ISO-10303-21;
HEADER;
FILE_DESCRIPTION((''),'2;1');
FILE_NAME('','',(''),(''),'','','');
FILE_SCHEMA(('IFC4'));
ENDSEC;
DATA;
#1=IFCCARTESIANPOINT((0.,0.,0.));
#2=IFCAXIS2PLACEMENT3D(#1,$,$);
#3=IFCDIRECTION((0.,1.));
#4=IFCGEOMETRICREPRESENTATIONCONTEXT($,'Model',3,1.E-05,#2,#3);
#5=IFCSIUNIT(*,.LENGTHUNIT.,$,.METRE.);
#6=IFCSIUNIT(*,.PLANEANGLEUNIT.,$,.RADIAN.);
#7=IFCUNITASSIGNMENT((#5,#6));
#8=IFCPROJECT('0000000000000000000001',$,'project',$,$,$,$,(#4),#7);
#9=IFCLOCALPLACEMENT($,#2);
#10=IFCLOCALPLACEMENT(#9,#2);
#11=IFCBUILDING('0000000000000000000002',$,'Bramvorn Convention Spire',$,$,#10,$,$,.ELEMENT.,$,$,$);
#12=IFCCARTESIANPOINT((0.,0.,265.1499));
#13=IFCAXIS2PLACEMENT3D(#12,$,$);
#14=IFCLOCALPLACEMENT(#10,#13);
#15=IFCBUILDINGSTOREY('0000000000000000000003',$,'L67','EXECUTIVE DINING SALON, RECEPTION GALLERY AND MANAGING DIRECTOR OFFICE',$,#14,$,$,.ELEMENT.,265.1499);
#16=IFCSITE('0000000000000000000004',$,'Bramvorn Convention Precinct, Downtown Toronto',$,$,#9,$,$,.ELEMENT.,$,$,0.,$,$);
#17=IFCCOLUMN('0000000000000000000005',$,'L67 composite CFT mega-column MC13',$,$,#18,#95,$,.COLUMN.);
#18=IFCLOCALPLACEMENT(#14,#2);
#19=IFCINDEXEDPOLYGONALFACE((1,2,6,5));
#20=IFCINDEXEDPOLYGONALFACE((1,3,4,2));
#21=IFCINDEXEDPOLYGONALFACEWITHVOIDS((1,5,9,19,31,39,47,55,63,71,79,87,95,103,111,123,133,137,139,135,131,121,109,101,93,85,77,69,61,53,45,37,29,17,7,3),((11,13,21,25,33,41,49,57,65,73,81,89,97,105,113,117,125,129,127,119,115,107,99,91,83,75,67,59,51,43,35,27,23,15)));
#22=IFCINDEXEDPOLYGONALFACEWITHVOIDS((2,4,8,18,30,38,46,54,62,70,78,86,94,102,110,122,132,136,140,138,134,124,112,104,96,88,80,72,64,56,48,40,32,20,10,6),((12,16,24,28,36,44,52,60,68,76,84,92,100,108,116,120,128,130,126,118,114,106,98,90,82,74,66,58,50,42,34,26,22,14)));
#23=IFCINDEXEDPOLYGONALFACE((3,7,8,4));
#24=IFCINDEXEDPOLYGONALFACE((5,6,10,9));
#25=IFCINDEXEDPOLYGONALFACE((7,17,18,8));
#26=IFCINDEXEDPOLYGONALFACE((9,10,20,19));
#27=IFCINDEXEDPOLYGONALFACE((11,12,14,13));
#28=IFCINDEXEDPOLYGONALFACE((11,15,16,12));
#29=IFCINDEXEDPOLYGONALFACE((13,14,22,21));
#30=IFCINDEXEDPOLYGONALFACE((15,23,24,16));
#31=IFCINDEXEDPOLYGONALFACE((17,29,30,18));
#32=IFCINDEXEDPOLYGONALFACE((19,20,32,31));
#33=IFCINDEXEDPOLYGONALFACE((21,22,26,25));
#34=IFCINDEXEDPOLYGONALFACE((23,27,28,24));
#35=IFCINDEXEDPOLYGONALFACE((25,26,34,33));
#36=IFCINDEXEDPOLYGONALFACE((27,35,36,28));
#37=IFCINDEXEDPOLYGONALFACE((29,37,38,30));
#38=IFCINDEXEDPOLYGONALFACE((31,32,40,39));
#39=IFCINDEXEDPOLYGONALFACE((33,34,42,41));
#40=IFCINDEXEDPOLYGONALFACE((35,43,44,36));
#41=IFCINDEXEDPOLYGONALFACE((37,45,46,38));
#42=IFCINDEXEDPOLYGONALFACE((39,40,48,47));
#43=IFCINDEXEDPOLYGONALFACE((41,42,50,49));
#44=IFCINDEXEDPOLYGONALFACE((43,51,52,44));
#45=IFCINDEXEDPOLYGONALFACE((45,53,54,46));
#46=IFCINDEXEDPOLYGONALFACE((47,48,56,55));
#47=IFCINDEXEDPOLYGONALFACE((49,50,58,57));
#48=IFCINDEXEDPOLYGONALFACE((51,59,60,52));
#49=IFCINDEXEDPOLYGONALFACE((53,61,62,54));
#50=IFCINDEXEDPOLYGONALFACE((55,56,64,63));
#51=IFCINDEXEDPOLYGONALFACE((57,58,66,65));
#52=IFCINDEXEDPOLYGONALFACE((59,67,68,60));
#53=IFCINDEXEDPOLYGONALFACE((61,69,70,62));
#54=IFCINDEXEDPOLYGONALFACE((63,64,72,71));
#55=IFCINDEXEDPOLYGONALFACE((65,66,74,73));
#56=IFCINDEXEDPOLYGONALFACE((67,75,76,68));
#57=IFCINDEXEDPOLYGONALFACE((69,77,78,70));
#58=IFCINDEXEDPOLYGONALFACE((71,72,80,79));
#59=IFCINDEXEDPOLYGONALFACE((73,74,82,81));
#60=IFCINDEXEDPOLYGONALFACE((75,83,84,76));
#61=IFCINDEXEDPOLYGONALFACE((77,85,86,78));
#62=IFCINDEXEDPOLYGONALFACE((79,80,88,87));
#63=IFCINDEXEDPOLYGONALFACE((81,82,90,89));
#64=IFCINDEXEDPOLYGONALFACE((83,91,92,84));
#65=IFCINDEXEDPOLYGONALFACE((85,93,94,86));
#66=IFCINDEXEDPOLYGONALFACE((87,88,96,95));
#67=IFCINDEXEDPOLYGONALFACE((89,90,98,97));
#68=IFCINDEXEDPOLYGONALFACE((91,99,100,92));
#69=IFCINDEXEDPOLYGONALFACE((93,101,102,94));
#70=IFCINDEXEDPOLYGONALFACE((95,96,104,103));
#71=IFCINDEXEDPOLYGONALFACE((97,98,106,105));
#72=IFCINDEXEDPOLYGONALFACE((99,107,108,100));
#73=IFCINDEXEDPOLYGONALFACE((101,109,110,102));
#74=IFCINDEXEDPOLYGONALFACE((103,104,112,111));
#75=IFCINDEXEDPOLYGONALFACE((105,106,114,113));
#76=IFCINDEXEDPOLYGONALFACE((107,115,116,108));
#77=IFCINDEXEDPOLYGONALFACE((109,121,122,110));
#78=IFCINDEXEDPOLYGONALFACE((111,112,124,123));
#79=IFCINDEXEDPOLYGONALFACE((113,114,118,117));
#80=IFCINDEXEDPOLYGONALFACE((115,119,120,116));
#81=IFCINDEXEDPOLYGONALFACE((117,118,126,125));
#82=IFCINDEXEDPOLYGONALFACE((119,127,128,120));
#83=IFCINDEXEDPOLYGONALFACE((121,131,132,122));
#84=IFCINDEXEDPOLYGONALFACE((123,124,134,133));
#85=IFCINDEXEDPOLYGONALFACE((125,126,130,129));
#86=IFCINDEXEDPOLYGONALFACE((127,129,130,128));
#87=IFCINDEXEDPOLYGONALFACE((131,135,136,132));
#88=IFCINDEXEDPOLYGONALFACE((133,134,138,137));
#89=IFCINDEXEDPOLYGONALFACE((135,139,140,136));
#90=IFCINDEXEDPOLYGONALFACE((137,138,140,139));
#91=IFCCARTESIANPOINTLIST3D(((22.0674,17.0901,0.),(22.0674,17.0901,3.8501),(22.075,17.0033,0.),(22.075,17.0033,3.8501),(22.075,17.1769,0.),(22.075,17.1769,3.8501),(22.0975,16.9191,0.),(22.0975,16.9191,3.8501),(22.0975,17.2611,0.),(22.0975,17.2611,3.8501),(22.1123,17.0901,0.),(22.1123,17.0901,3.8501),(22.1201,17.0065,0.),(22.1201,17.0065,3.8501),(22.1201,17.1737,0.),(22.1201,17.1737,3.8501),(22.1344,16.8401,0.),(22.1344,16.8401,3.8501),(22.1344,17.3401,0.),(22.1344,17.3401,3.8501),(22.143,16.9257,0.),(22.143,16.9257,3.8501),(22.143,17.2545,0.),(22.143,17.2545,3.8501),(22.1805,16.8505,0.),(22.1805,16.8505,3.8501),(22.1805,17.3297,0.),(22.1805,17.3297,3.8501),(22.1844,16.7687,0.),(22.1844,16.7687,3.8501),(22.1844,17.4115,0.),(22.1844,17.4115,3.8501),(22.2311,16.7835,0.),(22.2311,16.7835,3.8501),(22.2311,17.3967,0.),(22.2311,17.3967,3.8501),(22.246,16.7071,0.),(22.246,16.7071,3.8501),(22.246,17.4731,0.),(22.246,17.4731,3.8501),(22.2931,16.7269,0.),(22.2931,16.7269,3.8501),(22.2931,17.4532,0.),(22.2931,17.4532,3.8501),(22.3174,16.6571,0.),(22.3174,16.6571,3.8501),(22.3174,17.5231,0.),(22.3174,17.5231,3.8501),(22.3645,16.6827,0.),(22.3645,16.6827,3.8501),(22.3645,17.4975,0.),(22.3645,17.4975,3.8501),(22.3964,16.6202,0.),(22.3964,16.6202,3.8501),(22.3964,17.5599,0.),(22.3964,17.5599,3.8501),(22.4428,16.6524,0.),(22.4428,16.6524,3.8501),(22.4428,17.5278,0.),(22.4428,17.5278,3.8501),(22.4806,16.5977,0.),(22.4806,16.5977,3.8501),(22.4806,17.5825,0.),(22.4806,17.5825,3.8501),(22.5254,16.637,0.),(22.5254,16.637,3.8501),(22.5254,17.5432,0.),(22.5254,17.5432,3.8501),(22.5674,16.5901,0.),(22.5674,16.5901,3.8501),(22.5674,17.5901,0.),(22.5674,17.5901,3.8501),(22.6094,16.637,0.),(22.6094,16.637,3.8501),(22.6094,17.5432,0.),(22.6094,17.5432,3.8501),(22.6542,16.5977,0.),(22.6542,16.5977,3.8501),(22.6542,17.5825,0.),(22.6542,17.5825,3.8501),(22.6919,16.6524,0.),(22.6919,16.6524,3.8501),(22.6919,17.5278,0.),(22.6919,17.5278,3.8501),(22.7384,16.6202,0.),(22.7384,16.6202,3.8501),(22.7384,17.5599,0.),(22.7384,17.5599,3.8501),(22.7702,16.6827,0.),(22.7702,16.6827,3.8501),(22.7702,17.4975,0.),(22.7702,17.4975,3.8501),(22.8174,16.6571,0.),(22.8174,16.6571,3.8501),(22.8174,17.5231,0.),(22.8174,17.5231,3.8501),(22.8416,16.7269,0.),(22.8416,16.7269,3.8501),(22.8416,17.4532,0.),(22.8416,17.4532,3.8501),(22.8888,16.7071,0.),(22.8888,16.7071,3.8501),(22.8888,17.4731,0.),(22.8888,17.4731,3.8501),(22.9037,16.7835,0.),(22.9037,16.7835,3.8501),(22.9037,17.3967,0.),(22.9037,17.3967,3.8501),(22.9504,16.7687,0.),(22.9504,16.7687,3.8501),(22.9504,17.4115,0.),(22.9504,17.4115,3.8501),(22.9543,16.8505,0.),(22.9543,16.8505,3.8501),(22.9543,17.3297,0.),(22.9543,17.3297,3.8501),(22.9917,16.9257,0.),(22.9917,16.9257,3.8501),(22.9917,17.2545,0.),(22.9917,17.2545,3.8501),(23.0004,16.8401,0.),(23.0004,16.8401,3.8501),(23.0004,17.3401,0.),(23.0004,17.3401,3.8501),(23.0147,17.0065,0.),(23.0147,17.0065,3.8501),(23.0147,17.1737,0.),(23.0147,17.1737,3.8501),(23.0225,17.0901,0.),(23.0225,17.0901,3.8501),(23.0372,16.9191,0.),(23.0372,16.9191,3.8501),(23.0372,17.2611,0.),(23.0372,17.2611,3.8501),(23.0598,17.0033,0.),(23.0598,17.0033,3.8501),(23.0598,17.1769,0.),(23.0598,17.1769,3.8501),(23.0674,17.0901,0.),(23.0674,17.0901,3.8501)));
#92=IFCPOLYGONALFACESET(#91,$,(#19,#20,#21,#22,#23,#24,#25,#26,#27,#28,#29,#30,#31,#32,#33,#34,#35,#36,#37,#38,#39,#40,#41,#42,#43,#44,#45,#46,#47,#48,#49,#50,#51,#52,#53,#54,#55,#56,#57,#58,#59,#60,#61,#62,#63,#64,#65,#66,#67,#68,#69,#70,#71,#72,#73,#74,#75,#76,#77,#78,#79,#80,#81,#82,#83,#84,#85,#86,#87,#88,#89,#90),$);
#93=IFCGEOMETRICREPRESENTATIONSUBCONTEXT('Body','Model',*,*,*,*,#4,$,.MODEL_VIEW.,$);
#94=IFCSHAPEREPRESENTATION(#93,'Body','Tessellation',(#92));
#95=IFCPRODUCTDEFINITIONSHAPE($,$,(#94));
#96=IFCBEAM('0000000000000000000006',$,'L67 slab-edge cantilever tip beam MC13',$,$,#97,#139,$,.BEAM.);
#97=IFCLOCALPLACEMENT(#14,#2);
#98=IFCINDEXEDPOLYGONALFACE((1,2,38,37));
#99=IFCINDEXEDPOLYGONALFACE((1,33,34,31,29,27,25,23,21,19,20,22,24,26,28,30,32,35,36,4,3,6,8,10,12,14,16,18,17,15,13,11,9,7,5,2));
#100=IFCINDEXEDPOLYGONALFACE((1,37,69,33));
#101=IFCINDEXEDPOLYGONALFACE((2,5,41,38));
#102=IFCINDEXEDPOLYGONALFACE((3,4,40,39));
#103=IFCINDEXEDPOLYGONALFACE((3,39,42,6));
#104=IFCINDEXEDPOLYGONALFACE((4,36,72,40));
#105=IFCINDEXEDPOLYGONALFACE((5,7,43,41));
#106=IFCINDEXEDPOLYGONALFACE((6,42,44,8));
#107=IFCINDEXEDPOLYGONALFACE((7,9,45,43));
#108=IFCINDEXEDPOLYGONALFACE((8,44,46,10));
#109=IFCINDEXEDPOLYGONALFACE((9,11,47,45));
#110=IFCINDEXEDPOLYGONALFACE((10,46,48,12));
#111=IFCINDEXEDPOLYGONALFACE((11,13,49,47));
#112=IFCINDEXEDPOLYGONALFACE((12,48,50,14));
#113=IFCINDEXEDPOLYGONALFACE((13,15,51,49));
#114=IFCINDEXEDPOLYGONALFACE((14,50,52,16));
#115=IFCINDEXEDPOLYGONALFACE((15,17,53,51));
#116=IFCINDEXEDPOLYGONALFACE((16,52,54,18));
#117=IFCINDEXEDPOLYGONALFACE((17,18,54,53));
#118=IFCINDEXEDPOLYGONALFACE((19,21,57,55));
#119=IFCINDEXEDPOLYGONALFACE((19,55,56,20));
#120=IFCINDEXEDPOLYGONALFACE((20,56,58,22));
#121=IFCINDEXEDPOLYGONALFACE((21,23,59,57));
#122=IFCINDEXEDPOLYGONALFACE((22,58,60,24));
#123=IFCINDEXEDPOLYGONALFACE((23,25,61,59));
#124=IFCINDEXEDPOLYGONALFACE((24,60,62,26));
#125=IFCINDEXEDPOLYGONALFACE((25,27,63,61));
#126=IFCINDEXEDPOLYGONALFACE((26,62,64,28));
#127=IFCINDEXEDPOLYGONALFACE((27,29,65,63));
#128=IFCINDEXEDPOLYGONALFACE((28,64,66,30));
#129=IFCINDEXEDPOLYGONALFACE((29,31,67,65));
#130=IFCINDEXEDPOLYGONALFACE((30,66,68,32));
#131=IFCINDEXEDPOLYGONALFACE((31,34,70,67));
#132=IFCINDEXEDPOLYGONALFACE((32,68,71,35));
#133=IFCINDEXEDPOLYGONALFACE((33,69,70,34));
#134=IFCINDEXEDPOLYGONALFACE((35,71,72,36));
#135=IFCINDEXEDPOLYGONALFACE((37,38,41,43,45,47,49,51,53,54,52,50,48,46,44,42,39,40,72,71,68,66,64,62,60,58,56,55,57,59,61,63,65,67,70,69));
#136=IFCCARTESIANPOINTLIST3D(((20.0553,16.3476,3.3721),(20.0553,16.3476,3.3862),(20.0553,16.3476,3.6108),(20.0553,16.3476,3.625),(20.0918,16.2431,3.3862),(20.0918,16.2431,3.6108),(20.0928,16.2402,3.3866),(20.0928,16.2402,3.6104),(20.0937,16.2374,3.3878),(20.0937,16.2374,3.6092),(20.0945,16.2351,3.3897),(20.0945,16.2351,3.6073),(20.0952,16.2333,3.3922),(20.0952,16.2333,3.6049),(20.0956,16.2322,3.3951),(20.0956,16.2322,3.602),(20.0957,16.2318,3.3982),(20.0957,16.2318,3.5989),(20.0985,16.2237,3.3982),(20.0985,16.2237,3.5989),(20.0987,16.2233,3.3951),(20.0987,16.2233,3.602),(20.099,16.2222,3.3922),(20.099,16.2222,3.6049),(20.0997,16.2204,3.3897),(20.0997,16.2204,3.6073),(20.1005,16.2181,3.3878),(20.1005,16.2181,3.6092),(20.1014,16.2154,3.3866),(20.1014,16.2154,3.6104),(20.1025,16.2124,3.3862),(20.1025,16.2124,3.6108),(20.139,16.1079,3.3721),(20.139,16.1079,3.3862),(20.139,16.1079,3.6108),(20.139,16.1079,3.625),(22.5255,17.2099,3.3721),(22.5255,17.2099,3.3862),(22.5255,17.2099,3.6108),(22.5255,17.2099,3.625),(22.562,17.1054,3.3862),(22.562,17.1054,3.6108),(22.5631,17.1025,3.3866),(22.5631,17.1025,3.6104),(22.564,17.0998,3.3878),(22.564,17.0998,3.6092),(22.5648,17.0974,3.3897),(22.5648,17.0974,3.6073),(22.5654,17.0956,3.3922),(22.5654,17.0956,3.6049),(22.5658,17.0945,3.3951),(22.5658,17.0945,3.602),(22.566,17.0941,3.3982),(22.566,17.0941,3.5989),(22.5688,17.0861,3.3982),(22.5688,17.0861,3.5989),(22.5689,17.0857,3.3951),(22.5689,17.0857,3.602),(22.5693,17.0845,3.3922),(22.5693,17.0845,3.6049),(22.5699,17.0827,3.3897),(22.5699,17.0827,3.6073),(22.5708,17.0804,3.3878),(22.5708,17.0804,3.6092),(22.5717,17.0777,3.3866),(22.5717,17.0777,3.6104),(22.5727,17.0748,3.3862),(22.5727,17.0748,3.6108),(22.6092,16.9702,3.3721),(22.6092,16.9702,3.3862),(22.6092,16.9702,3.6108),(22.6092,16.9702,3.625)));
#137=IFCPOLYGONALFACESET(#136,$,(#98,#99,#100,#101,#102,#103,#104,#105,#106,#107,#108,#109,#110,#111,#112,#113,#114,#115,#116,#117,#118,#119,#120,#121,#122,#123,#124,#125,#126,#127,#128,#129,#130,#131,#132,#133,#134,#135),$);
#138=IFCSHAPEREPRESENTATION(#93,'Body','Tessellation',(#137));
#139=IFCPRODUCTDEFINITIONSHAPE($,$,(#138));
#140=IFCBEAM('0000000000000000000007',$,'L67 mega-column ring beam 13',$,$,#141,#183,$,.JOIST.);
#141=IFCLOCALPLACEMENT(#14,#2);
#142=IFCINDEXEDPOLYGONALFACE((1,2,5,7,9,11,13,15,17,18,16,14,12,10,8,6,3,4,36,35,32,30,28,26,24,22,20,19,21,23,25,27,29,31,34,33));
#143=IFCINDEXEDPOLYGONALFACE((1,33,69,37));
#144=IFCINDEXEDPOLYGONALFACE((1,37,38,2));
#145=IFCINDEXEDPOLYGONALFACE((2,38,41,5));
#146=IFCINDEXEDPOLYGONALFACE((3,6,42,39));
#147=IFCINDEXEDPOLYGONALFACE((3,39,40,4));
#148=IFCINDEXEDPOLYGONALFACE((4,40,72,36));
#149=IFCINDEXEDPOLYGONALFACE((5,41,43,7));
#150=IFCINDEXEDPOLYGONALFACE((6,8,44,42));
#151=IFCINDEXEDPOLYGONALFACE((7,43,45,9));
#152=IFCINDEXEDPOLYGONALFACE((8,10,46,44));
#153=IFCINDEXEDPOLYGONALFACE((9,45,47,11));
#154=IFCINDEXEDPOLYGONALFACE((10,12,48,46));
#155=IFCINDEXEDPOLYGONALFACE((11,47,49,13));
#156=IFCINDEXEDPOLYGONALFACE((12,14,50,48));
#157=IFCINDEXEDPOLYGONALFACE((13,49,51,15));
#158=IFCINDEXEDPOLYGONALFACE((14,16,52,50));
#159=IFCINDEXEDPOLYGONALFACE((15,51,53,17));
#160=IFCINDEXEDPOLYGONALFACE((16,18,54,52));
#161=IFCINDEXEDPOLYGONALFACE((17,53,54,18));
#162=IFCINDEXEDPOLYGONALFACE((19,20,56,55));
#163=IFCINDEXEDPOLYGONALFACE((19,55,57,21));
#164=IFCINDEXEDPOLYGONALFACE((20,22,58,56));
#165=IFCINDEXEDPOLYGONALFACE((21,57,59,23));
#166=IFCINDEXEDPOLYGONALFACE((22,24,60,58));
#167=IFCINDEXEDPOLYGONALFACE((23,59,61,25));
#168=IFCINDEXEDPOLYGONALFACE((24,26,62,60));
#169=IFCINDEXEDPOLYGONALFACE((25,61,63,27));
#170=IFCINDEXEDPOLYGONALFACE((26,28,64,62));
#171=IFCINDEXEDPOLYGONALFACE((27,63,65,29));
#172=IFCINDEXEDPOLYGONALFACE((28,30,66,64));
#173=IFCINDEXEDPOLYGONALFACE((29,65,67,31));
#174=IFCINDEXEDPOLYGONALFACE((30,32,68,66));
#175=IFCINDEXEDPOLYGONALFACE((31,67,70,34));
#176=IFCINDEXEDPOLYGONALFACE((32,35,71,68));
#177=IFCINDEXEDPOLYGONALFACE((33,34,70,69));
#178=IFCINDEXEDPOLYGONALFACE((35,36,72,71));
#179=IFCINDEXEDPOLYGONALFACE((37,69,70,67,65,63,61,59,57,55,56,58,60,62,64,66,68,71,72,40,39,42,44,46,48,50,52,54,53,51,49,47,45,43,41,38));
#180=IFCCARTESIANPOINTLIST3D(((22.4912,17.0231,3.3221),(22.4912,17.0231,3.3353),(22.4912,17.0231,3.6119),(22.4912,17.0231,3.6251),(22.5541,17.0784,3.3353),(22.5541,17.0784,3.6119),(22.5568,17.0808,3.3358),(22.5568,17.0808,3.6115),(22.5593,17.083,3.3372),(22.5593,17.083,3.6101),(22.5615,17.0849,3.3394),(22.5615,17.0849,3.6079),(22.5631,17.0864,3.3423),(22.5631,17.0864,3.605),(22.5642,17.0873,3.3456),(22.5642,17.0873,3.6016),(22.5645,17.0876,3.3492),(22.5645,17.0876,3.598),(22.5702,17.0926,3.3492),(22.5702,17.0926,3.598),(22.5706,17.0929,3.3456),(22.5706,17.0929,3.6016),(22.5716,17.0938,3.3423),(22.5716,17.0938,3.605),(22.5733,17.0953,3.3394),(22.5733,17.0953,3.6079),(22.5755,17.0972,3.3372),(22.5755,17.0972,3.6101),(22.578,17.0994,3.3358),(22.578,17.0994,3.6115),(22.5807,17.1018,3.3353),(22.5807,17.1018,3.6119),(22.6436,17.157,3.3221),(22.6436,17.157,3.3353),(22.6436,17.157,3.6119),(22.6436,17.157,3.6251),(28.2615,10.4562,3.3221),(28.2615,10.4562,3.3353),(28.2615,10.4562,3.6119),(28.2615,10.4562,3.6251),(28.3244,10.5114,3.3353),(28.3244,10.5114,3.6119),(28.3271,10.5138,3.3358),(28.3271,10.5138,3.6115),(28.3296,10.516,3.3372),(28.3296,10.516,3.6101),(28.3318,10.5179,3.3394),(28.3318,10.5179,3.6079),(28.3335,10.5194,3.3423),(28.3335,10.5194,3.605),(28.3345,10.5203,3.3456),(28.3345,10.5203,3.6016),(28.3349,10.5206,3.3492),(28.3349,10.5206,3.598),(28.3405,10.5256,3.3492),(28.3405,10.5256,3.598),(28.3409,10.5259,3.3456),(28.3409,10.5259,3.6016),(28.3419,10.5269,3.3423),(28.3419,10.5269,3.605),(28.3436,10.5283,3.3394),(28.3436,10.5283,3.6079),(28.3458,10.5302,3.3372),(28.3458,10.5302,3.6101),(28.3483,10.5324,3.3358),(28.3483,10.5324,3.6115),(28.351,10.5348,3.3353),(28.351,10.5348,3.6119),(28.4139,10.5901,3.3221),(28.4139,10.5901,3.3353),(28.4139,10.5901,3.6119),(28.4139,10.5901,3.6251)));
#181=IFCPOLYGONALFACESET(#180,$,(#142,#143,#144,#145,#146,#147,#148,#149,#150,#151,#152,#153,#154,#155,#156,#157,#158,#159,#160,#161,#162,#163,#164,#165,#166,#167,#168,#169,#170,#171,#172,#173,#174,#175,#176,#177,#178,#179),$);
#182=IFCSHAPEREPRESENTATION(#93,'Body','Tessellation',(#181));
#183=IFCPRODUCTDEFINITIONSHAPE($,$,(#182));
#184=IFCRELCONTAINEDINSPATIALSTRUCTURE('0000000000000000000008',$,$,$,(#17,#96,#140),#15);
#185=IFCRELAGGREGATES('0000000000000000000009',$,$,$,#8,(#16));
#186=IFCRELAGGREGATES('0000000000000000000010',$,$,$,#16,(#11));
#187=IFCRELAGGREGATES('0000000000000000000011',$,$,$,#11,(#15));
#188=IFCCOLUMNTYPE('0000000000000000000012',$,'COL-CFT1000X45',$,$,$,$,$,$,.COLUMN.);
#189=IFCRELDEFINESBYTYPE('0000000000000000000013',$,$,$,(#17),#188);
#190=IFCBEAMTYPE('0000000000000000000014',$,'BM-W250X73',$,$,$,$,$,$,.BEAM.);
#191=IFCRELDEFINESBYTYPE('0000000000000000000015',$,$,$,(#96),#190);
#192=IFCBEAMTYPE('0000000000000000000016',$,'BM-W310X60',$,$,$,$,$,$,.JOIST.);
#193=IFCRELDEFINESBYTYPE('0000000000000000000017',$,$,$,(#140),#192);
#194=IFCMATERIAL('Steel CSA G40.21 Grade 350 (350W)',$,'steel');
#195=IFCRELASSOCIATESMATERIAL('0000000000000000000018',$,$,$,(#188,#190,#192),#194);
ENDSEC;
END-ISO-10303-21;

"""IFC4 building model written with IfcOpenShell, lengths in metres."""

from ifc_helpers import new_model, si_unit, direction, frame, origin, origin_2d, place, context, subcontext, project, spatial, hollow_circle, i_section, extrude, material, material_profile, profile_set, type_object, element, save


model = new_model("IFC4")

# Units and contexts
model_context = context("Model", 3, precision=1e-05, world=origin(), true_north=direction((0.0, 1.0)))
body_context = subcontext(model_context, "Body", "Model", "MODEL_VIEW")
ifc_project = project(units=[si_unit("LENGTHUNIT", "METRE"), si_unit("PLANEANGLEUNIT", "RADIAN")], contexts=[model_context])

# Site, building, storey
site_placement = place(None, origin())
site = spatial("IfcSite", under=ifc_project, at=site_placement, Name="Bramvorn Convention Precinct, Downtown Toronto", CompositionType="ELEMENT", RefElevation=0.0)
building_placement = place(site_placement, origin())
building = spatial("IfcBuilding", under=site, at=building_placement, Name="Bramvorn Convention Spire", CompositionType="ELEMENT")
storey_placement = place(building_placement, frame((0.0, 0.0, 265.1499)))
storey = spatial("IfcBuildingStorey", under=building, at=storey_placement, Name="L67", Description="EXECUTIVE DINING SALON, RECEPTION GALLERY AND MANAGING DIRECTOR OFFICE", CompositionType="ELEMENT", Elevation=265.1499)

# Column
ifc_material_1 = material(Name="Steel CSA G40.21 Grade 350 (350W)", Category="steel")
ifc_material_profile_1 = material_profile(ifc_material_1, hollow_circle(Radius=0.5, WallThickness=0.0449, at=origin_2d()))
ifc_profile_set_1 = profile_set([ifc_material_profile_1], Name="Steel CSA G40.21 Grade 350 (350W) - CFT1000X45")
column_type = type_object("IfcColumnType", Name="COL-CFT1000X45", PredefinedType="COLUMN", material=ifc_profile_set_1)
column_placement = place(storey_placement, frame((22.5674, 17.0901, 0.0), z_axis=(0.0, 0.0, 1.0), x_axis=(1.0, 0.0, 0.0)))
element("IfcColumn", 1, at=column_placement, inside=storey, type_object=column_type, Name="L67 composite CFT mega-column MC13", PredefinedType="COLUMN", context=body_context, shape_type="SweptSolid", body=[
    extrude(hollow_circle(Radius=0.5, WallThickness=0.0449, at=origin_2d()), origin(), (0.0, 0.0, 1.0), 3.8501),
])

# Beams
ifc_material_profile_2 = material_profile(ifc_material_1, i_section(OverallWidth=0.2539, OverallDepth=0.2529, WebThickness=0.0085, FlangeThickness=0.0142, FilletRadius=0.012, at=origin_2d()))
ifc_profile_set_2 = profile_set([ifc_material_profile_2], Name="Steel CSA G40.21 Grade 350 (350W) - W250X73")
beam_type_1 = type_object("IfcBeamType", Name="BM-W250X73", PredefinedType="BEAM", material=ifc_profile_set_2)
beam_1_placement = place(storey_placement, frame((22.5674, 17.0901, 3.4985), z_axis=(-0.944129, -0.329577, 0.0), x_axis=(0.329577, -0.944129, 0.0)))
element("IfcBeam", 2, at=beam_1_placement, inside=storey, type_object=beam_type_1, Name="L67 slab-edge cantilever tip beam MC13", PredefinedType="BEAM", context=body_context, shape_type="SweptSolid", body=[
    extrude(i_section(OverallWidth=0.2539, OverallDepth=0.2529, WebThickness=0.0085, FlangeThickness=0.0142, FilletRadius=0.012, at=origin_2d()), origin(), (0.0, 0.0, 1.0), 2.6165),
])
ifc_material_profile_3 = material_profile(ifc_material_1, i_section(OverallWidth=0.2029, OverallDepth=0.303, WebThickness=0.0076, FlangeThickness=0.0132, FilletRadius=0.0139, at=origin_2d()))
ifc_profile_set_3 = profile_set([ifc_material_profile_3], Name="Steel CSA G40.21 Grade 350 (350W) - W310X60")
beam_type_2 = type_object("IfcBeamType", Name="BM-W310X60", PredefinedType="JOIST", material=ifc_profile_set_3)
beam_2_placement = place(storey_placement, frame((22.5674, 17.0901, 3.4736), z_axis=(0.660073, -0.751201, 0.0), x_axis=(0.751201, 0.660073, 0.0)))
element("IfcBeam", 3, at=beam_2_placement, inside=storey, type_object=beam_type_2, Name="L67 mega-column ring beam 13", PredefinedType="JOIST", context=body_context, shape_type="SweptSolid", body=[
    extrude(i_section(OverallWidth=0.2029, OverallDepth=0.303, WebThickness=0.0076, FlangeThickness=0.0132, FilletRadius=0.0139, at=origin_2d()), origin(), (0.0, 0.0, 1.0), 8.7419),
])

save(model, "model.ifc")
